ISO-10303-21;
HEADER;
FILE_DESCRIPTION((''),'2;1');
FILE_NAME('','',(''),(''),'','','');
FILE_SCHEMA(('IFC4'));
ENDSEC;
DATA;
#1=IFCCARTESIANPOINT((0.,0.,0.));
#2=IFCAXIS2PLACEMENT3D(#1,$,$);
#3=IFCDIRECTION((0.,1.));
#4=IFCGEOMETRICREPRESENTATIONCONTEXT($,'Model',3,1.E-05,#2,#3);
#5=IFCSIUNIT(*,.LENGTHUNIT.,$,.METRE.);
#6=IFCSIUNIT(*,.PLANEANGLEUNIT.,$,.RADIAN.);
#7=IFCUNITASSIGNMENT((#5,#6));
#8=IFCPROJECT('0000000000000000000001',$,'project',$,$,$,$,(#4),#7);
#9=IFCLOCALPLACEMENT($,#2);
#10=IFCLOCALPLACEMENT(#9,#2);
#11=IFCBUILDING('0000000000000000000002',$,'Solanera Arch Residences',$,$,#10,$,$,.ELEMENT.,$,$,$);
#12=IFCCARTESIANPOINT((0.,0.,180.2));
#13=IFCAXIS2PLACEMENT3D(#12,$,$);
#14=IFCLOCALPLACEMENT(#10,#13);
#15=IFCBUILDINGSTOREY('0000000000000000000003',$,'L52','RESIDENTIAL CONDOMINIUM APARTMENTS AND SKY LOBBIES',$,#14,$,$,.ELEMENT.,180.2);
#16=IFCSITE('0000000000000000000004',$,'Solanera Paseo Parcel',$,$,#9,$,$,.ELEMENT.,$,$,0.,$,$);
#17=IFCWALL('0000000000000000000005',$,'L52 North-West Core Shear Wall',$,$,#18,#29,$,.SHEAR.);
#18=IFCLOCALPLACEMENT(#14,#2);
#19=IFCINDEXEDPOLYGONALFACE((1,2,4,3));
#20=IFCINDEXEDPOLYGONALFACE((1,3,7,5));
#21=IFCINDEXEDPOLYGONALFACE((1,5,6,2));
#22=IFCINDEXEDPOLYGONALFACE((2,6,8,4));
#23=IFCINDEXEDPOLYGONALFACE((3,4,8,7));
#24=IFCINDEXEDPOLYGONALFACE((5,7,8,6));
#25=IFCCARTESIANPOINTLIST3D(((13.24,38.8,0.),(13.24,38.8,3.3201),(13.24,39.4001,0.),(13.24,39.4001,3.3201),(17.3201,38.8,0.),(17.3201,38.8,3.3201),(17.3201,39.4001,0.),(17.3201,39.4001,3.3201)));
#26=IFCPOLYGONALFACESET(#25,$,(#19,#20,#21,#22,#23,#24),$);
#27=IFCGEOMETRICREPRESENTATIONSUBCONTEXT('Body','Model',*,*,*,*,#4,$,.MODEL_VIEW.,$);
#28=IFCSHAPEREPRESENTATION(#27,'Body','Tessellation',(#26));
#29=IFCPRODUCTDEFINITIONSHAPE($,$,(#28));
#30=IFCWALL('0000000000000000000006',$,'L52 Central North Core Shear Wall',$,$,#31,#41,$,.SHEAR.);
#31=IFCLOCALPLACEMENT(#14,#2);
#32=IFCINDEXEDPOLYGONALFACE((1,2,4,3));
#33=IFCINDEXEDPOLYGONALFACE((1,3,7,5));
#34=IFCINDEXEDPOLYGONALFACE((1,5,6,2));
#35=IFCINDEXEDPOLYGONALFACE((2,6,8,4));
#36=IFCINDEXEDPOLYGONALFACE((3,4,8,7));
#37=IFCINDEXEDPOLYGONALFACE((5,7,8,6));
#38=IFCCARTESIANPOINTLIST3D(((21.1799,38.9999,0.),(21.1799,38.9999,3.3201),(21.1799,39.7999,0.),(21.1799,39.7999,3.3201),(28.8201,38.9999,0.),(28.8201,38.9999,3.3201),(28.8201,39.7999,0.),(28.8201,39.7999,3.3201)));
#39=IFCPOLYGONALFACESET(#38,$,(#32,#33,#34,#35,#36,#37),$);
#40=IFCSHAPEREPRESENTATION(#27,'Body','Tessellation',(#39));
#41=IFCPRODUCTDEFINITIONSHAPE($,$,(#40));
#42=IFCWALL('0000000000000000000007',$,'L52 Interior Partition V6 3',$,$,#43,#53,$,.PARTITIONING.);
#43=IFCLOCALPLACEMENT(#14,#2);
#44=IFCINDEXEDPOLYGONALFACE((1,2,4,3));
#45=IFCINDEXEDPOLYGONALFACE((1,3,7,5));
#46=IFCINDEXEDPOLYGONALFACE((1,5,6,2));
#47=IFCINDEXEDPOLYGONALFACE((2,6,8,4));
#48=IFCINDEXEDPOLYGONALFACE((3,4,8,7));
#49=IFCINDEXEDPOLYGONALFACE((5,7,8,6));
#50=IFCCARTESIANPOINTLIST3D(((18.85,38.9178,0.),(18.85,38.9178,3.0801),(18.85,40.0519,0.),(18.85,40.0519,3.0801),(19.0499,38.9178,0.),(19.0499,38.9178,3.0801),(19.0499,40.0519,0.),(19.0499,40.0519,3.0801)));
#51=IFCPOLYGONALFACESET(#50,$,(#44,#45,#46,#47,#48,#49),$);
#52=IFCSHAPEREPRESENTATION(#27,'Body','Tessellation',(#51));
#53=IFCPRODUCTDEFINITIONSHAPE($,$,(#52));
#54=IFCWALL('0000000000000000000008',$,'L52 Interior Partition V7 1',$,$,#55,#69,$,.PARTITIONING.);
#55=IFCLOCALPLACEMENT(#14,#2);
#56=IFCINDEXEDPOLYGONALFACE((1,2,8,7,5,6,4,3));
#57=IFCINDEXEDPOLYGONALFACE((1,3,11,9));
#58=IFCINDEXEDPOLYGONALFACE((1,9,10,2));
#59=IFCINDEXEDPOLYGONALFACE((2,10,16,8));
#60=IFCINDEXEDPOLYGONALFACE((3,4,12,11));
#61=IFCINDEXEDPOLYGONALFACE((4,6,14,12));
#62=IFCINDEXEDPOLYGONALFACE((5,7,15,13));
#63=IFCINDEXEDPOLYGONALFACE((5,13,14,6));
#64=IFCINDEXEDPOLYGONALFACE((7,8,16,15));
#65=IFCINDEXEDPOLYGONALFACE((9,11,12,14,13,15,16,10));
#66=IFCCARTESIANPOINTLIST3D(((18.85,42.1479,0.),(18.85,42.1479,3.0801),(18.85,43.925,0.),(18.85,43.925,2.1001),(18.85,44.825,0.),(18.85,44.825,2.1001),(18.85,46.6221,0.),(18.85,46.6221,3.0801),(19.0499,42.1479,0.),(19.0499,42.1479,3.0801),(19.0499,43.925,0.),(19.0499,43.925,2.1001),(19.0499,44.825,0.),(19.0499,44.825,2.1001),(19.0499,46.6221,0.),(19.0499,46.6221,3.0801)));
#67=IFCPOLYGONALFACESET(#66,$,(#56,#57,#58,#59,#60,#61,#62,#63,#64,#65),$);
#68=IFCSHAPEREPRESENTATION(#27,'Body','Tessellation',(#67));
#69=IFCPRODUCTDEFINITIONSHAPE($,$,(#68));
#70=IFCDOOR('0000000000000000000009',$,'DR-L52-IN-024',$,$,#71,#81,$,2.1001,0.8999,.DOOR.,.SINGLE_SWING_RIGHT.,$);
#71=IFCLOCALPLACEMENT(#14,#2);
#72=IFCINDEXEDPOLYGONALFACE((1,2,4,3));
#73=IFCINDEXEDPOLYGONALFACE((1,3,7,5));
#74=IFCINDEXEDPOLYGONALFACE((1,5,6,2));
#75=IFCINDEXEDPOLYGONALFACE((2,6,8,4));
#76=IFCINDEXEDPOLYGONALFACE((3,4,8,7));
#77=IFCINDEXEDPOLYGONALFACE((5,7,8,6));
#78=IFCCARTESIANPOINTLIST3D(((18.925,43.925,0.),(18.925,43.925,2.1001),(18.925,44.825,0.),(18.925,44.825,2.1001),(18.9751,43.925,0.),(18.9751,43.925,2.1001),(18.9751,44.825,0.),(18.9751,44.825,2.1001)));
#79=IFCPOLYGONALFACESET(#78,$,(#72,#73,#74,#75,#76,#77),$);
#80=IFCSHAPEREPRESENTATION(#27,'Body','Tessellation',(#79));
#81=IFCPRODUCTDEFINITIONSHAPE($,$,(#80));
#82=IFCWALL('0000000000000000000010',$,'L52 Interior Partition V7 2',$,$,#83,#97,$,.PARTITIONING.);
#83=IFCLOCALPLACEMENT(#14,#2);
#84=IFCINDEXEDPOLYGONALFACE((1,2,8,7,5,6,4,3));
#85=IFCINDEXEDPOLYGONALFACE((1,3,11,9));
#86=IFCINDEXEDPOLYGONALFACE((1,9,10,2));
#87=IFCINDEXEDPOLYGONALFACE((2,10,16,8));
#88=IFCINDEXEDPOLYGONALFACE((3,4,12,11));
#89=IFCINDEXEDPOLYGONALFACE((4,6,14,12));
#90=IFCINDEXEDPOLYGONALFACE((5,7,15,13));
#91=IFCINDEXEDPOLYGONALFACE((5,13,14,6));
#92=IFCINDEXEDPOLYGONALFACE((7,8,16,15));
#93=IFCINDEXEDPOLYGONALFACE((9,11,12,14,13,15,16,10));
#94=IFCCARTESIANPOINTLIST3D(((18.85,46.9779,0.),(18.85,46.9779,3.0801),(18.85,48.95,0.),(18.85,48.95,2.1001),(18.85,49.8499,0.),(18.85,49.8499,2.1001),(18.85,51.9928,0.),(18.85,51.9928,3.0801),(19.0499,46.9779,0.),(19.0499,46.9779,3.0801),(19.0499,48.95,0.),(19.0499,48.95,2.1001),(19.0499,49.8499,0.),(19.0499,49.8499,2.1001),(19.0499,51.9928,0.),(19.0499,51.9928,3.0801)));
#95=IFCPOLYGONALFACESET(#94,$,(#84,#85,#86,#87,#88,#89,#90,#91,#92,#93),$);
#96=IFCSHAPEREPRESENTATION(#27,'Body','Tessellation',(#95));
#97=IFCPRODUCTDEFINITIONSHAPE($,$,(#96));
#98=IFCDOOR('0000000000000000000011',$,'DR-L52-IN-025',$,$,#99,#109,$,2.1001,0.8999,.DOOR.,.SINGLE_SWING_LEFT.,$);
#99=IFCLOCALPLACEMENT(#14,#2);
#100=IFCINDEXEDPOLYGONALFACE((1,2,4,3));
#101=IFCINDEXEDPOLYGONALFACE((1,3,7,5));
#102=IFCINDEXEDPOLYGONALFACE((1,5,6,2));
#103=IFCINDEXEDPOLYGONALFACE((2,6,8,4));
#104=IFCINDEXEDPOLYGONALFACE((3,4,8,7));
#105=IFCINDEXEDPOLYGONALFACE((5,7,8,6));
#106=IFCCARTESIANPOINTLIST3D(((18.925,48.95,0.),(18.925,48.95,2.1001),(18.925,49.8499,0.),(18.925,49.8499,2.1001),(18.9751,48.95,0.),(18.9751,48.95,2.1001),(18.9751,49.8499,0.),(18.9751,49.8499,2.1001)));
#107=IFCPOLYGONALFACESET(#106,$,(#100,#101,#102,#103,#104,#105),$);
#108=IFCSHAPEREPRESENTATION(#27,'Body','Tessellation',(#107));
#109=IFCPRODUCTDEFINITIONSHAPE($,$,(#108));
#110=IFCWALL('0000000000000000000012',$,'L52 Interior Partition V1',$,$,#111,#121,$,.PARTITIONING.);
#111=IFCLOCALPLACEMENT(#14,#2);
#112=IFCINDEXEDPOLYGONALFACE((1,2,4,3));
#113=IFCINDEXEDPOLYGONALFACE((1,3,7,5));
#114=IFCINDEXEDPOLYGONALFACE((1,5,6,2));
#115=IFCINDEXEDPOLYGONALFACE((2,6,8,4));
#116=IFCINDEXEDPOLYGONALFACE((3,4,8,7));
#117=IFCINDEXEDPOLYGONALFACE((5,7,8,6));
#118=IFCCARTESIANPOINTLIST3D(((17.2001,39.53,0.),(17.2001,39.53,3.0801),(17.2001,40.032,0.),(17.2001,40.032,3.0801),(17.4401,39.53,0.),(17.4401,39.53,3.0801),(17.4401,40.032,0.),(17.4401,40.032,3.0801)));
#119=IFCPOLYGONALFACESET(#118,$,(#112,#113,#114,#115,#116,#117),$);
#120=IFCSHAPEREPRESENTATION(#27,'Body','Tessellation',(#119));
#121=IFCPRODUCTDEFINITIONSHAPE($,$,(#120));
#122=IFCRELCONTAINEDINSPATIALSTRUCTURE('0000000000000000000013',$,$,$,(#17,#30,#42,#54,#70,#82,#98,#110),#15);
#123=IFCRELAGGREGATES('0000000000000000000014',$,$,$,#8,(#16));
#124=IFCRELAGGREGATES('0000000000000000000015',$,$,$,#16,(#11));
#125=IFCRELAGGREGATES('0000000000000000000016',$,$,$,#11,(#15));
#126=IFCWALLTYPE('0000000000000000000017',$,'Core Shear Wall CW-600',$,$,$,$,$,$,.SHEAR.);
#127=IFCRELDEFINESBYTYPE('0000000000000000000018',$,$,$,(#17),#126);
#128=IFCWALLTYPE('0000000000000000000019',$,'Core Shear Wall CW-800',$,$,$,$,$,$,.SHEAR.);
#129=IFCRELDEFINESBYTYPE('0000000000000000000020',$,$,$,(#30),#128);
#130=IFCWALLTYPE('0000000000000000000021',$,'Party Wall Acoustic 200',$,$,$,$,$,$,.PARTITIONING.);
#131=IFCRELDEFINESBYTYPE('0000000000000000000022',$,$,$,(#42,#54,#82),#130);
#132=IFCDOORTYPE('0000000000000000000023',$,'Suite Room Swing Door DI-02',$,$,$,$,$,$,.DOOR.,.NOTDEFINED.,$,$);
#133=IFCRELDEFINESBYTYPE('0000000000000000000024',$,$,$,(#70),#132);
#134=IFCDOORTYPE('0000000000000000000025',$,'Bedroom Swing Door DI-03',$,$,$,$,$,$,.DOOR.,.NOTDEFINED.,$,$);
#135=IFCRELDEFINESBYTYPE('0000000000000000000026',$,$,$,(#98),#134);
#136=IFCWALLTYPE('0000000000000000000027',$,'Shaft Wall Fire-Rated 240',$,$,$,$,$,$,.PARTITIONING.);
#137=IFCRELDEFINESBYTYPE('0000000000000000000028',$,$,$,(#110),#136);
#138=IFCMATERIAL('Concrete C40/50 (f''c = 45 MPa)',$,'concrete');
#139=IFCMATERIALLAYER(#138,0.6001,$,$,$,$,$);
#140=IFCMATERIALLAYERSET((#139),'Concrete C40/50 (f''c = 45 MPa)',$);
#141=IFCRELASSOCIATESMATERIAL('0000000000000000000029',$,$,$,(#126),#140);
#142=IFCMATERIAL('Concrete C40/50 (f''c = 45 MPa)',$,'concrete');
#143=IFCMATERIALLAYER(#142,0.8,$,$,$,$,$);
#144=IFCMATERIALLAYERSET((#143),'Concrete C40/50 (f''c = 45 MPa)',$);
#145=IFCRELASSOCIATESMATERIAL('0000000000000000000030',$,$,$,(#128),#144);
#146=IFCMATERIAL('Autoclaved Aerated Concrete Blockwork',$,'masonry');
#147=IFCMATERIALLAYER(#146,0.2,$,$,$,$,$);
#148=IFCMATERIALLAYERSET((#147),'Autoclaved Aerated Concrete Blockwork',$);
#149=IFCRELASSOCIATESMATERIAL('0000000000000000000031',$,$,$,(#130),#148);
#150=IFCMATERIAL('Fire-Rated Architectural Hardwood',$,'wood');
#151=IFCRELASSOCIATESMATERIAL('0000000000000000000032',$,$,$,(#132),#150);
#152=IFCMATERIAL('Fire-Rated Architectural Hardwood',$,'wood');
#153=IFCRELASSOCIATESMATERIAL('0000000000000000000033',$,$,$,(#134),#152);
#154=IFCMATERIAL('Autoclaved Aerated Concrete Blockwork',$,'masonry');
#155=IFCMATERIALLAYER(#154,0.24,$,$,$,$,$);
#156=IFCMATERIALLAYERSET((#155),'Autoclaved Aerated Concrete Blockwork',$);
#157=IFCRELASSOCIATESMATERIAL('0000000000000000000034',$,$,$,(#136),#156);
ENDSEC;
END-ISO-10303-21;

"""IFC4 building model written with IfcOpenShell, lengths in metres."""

from ifc_helpers import new_model, si_unit, direction, frame, frame_2d, origin, place, context, subcontext, project, spatial, rectangle, extrude, material, layer, layer_set, type_object, element, fill, save


model = new_model("IFC4")

# Units and contexts
model_context = context("Model", 3, precision=1e-05, world=origin(), true_north=direction((0.0, 1.0)))
body_context = subcontext(model_context, "Body", "Model", "MODEL_VIEW")
ifc_project = project(units=[si_unit("LENGTHUNIT", "METRE"), si_unit("PLANEANGLEUNIT", "RADIAN")], contexts=[model_context])

# Site, building, storey
site_placement = place(None, origin())
site = spatial("IfcSite", under=ifc_project, at=site_placement, Name="Solanera Paseo Parcel", CompositionType="ELEMENT", RefElevation=0.0)
building_placement = place(site_placement, origin())
building = spatial("IfcBuilding", under=site, at=building_placement, Name="Solanera Arch Residences", CompositionType="ELEMENT")
storey_placement = place(building_placement, frame((0.0, 0.0, 180.2)))
storey = spatial("IfcBuildingStorey", under=building, at=storey_placement, Name="L52", Description="RESIDENTIAL CONDOMINIUM APARTMENTS AND SKY LOBBIES", CompositionType="ELEMENT", Elevation=180.2)

# Walls
ifc_material_1 = material(Name="Concrete C40/50 (f'c = 45 MPa)", Category="concrete")
ifc_layer_1 = layer(ifc_material_1, 0.6001)
ifc_layer_set_1 = layer_set([ifc_layer_1], Name="Concrete C40/50 (f'c = 45 MPa)")
wall_type_1 = type_object("IfcWallType", Name="Core Shear Wall CW-600", PredefinedType="SHEAR", material=ifc_layer_set_1)
wall_1_placement = place(storey_placement, frame((13.24, 39.1001, 0.0), z_axis=(0.0, 0.0, 1.0), x_axis=(1.0, 0.0, 0.0)))
element("IfcWall", 1, at=wall_1_placement, inside=storey, type_object=wall_type_1, Name="L52 North-West Core Shear Wall", PredefinedType="SHEAR", context=body_context, shape_type="SweptSolid", body=[
    extrude(rectangle(XDim=4.0801, YDim=0.6001, at=frame_2d((2.04, 0.0))), origin(), (0.0, 0.0, 1.0), 3.3201),
])
ifc_material_2 = material(Name="Concrete C40/50 (f'c = 45 MPa)", Category="concrete")
ifc_layer_2 = layer(ifc_material_2, 0.8)
ifc_layer_set_2 = layer_set([ifc_layer_2], Name="Concrete C40/50 (f'c = 45 MPa)")
wall_type_2 = type_object("IfcWallType", Name="Core Shear Wall CW-800", PredefinedType="SHEAR", material=ifc_layer_set_2)
wall_2_placement = place(storey_placement, frame((21.1799, 39.3999, 0.0), z_axis=(0.0, 0.0, 1.0), x_axis=(1.0, 0.0, 0.0)))
element("IfcWall", 2, at=wall_2_placement, inside=storey, type_object=wall_type_2, Name="L52 Central North Core Shear Wall", PredefinedType="SHEAR", context=body_context, shape_type="SweptSolid", body=[
    extrude(rectangle(XDim=7.6401, YDim=0.8, at=frame_2d((3.8201, 0.0))), origin(), (0.0, 0.0, 1.0), 3.3201),
])
ifc_material_3 = material(Name="Autoclaved Aerated Concrete Blockwork", Category="masonry")
ifc_layer_3 = layer(ifc_material_3, 0.2)
ifc_layer_set_3 = layer_set([ifc_layer_3], Name="Autoclaved Aerated Concrete Blockwork")
wall_type_3 = type_object("IfcWallType", Name="Party Wall Acoustic 200", PredefinedType="PARTITIONING", material=ifc_layer_set_3)
wall_3_placement = place(storey_placement, frame((18.95, 38.918, 0.0), z_axis=(0.0, 0.0, 1.0), x_axis=(0.0, 1.0, 0.0)))
element("IfcWall", 3, at=wall_3_placement, inside=storey, type_object=wall_type_3, Name="L52 Interior Partition V6 3", PredefinedType="PARTITIONING", context=body_context, shape_type="SweptSolid", body=[
    extrude(rectangle(XDim=1.134, YDim=0.2, at=frame_2d((0.5669, 0.0))), origin(), (0.0, 0.0, 1.0), 3.0801),
])

# Walls, openings, doors
wall_4_placement = place(storey_placement, frame((18.95, 42.1479, 0.0), z_axis=(0.0, 0.0, 1.0), x_axis=(0.0, 1.0, 0.0)))
wall_4 = element("IfcWall", 4, at=wall_4_placement, inside=storey, type_object=wall_type_3, Name="L52 Interior Partition V7 1", PredefinedType="PARTITIONING", context=body_context, shape_type="SweptSolid", body=[
    extrude(rectangle(XDim=4.4741, YDim=0.2, at=frame_2d((2.2371, 0.0))), origin(), (0.0, 0.0, 1.0), 3.0801),
])
opening_1_placement = place(wall_4_placement, frame((1.7771, 0.0, 0.0)))
opening_1 = element("IfcOpeningElement", 5, at=opening_1_placement, cuts=wall_4, PredefinedType="OPENING", context=body_context, shape_type="SweptSolid", body=[
    extrude(rectangle(XDim=0.8999, YDim=2.1001, at=frame_2d((0.45, 1.05))), frame((0.0, 0.1101, 0.0), z_axis=(0.0, -1.0, 0.0), x_axis=(1.0, 0.0, 0.0)), (0.0, 0.0, 1.0), 0.22),
])
ifc_material_4 = material(Name="Fire-Rated Architectural Hardwood", Category="wood")
door_type_1 = type_object("IfcDoorType", Name="Suite Room Swing Door DI-02", OperationType="NOTDEFINED", PredefinedType="DOOR", material=ifc_material_4)
door_1_placement = place(opening_1_placement, origin())
door_1 = element("IfcDoor", 6, at=door_1_placement, inside=storey, type_object=door_type_1, Name="DR-L52-IN-024", OperationType="SINGLE_SWING_RIGHT", OverallHeight=2.1001, OverallWidth=0.8999, PredefinedType="DOOR", context=body_context, shape_type="SweptSolid", body=[
    extrude(rectangle(XDim=0.8999, YDim=2.1001, at=frame_2d((0.45, 1.05))), frame((0.0, 0.0249, 0.0), z_axis=(0.0, -1.0, 0.0), x_axis=(1.0, 0.0, 0.0)), (0.0, 0.0, 1.0), 0.05),
])
fill(opening_1, door_1)
wall_5_placement = place(storey_placement, frame((18.95, 46.978, 0.0), z_axis=(0.0, 0.0, 1.0), x_axis=(0.0, 1.0, 0.0)))
wall_5 = element("IfcWall", 7, at=wall_5_placement, inside=storey, type_object=wall_type_3, Name="L52 Interior Partition V7 2", PredefinedType="PARTITIONING", context=body_context, shape_type="SweptSolid", body=[
    extrude(rectangle(XDim=5.0149, YDim=0.2, at=frame_2d((2.5073, 0.0))), origin(), (0.0, 0.0, 1.0), 3.0801),
])
opening_2_placement = place(wall_5_placement, frame((1.9719, 0.0, 0.0)))
opening_2 = element("IfcOpeningElement", 8, at=opening_2_placement, cuts=wall_5, PredefinedType="OPENING", context=body_context, shape_type="SweptSolid", body=[
    extrude(rectangle(XDim=0.8999, YDim=2.1001, at=frame_2d((0.45, 1.05))), frame((0.0, 0.1101, 0.0), z_axis=(0.0, -1.0, 0.0), x_axis=(1.0, 0.0, 0.0)), (0.0, 0.0, 1.0), 0.22),
])
ifc_material_5 = material(Name="Fire-Rated Architectural Hardwood", Category="wood")
door_type_2 = type_object("IfcDoorType", Name="Bedroom Swing Door DI-03", OperationType="NOTDEFINED", PredefinedType="DOOR", material=ifc_material_5)
door_2_placement = place(opening_2_placement, origin())
door_2 = element("IfcDoor", 9, at=door_2_placement, inside=storey, type_object=door_type_2, Name="DR-L52-IN-025", OperationType="SINGLE_SWING_LEFT", OverallHeight=2.1001, OverallWidth=0.8999, PredefinedType="DOOR", context=body_context, shape_type="SweptSolid", body=[
    extrude(rectangle(XDim=0.8999, YDim=2.1001, at=frame_2d((0.45, 1.05))), frame((0.0, 0.0249, 0.0), z_axis=(0.0, -1.0, 0.0), x_axis=(1.0, 0.0, 0.0)), (0.0, 0.0, 1.0), 0.05),
])
fill(opening_2, door_2)

# Wall
ifc_material_6 = material(Name="Autoclaved Aerated Concrete Blockwork", Category="masonry")
ifc_layer_4 = layer(ifc_material_6, 0.24)
ifc_layer_set_4 = layer_set([ifc_layer_4], Name="Autoclaved Aerated Concrete Blockwork")
wall_type_4 = type_object("IfcWallType", Name="Shaft Wall Fire-Rated 240", PredefinedType="PARTITIONING", material=ifc_layer_set_4)
wall_6_placement = place(storey_placement, frame((17.3201, 39.53, 0.0), z_axis=(0.0, 0.0, 1.0), x_axis=(0.0, 1.0, 0.0)))
element("IfcWall", 10, at=wall_6_placement, inside=storey, type_object=wall_type_4, Name="L52 Interior Partition V1", PredefinedType="PARTITIONING", context=body_context, shape_type="SweptSolid", body=[
    extrude(rectangle(XDim=0.502, YDim=0.24, at=frame_2d((0.251, 0.0))), origin(), (0.0, 0.0, 1.0), 3.0801),
])

save(model, "model.ifc")
